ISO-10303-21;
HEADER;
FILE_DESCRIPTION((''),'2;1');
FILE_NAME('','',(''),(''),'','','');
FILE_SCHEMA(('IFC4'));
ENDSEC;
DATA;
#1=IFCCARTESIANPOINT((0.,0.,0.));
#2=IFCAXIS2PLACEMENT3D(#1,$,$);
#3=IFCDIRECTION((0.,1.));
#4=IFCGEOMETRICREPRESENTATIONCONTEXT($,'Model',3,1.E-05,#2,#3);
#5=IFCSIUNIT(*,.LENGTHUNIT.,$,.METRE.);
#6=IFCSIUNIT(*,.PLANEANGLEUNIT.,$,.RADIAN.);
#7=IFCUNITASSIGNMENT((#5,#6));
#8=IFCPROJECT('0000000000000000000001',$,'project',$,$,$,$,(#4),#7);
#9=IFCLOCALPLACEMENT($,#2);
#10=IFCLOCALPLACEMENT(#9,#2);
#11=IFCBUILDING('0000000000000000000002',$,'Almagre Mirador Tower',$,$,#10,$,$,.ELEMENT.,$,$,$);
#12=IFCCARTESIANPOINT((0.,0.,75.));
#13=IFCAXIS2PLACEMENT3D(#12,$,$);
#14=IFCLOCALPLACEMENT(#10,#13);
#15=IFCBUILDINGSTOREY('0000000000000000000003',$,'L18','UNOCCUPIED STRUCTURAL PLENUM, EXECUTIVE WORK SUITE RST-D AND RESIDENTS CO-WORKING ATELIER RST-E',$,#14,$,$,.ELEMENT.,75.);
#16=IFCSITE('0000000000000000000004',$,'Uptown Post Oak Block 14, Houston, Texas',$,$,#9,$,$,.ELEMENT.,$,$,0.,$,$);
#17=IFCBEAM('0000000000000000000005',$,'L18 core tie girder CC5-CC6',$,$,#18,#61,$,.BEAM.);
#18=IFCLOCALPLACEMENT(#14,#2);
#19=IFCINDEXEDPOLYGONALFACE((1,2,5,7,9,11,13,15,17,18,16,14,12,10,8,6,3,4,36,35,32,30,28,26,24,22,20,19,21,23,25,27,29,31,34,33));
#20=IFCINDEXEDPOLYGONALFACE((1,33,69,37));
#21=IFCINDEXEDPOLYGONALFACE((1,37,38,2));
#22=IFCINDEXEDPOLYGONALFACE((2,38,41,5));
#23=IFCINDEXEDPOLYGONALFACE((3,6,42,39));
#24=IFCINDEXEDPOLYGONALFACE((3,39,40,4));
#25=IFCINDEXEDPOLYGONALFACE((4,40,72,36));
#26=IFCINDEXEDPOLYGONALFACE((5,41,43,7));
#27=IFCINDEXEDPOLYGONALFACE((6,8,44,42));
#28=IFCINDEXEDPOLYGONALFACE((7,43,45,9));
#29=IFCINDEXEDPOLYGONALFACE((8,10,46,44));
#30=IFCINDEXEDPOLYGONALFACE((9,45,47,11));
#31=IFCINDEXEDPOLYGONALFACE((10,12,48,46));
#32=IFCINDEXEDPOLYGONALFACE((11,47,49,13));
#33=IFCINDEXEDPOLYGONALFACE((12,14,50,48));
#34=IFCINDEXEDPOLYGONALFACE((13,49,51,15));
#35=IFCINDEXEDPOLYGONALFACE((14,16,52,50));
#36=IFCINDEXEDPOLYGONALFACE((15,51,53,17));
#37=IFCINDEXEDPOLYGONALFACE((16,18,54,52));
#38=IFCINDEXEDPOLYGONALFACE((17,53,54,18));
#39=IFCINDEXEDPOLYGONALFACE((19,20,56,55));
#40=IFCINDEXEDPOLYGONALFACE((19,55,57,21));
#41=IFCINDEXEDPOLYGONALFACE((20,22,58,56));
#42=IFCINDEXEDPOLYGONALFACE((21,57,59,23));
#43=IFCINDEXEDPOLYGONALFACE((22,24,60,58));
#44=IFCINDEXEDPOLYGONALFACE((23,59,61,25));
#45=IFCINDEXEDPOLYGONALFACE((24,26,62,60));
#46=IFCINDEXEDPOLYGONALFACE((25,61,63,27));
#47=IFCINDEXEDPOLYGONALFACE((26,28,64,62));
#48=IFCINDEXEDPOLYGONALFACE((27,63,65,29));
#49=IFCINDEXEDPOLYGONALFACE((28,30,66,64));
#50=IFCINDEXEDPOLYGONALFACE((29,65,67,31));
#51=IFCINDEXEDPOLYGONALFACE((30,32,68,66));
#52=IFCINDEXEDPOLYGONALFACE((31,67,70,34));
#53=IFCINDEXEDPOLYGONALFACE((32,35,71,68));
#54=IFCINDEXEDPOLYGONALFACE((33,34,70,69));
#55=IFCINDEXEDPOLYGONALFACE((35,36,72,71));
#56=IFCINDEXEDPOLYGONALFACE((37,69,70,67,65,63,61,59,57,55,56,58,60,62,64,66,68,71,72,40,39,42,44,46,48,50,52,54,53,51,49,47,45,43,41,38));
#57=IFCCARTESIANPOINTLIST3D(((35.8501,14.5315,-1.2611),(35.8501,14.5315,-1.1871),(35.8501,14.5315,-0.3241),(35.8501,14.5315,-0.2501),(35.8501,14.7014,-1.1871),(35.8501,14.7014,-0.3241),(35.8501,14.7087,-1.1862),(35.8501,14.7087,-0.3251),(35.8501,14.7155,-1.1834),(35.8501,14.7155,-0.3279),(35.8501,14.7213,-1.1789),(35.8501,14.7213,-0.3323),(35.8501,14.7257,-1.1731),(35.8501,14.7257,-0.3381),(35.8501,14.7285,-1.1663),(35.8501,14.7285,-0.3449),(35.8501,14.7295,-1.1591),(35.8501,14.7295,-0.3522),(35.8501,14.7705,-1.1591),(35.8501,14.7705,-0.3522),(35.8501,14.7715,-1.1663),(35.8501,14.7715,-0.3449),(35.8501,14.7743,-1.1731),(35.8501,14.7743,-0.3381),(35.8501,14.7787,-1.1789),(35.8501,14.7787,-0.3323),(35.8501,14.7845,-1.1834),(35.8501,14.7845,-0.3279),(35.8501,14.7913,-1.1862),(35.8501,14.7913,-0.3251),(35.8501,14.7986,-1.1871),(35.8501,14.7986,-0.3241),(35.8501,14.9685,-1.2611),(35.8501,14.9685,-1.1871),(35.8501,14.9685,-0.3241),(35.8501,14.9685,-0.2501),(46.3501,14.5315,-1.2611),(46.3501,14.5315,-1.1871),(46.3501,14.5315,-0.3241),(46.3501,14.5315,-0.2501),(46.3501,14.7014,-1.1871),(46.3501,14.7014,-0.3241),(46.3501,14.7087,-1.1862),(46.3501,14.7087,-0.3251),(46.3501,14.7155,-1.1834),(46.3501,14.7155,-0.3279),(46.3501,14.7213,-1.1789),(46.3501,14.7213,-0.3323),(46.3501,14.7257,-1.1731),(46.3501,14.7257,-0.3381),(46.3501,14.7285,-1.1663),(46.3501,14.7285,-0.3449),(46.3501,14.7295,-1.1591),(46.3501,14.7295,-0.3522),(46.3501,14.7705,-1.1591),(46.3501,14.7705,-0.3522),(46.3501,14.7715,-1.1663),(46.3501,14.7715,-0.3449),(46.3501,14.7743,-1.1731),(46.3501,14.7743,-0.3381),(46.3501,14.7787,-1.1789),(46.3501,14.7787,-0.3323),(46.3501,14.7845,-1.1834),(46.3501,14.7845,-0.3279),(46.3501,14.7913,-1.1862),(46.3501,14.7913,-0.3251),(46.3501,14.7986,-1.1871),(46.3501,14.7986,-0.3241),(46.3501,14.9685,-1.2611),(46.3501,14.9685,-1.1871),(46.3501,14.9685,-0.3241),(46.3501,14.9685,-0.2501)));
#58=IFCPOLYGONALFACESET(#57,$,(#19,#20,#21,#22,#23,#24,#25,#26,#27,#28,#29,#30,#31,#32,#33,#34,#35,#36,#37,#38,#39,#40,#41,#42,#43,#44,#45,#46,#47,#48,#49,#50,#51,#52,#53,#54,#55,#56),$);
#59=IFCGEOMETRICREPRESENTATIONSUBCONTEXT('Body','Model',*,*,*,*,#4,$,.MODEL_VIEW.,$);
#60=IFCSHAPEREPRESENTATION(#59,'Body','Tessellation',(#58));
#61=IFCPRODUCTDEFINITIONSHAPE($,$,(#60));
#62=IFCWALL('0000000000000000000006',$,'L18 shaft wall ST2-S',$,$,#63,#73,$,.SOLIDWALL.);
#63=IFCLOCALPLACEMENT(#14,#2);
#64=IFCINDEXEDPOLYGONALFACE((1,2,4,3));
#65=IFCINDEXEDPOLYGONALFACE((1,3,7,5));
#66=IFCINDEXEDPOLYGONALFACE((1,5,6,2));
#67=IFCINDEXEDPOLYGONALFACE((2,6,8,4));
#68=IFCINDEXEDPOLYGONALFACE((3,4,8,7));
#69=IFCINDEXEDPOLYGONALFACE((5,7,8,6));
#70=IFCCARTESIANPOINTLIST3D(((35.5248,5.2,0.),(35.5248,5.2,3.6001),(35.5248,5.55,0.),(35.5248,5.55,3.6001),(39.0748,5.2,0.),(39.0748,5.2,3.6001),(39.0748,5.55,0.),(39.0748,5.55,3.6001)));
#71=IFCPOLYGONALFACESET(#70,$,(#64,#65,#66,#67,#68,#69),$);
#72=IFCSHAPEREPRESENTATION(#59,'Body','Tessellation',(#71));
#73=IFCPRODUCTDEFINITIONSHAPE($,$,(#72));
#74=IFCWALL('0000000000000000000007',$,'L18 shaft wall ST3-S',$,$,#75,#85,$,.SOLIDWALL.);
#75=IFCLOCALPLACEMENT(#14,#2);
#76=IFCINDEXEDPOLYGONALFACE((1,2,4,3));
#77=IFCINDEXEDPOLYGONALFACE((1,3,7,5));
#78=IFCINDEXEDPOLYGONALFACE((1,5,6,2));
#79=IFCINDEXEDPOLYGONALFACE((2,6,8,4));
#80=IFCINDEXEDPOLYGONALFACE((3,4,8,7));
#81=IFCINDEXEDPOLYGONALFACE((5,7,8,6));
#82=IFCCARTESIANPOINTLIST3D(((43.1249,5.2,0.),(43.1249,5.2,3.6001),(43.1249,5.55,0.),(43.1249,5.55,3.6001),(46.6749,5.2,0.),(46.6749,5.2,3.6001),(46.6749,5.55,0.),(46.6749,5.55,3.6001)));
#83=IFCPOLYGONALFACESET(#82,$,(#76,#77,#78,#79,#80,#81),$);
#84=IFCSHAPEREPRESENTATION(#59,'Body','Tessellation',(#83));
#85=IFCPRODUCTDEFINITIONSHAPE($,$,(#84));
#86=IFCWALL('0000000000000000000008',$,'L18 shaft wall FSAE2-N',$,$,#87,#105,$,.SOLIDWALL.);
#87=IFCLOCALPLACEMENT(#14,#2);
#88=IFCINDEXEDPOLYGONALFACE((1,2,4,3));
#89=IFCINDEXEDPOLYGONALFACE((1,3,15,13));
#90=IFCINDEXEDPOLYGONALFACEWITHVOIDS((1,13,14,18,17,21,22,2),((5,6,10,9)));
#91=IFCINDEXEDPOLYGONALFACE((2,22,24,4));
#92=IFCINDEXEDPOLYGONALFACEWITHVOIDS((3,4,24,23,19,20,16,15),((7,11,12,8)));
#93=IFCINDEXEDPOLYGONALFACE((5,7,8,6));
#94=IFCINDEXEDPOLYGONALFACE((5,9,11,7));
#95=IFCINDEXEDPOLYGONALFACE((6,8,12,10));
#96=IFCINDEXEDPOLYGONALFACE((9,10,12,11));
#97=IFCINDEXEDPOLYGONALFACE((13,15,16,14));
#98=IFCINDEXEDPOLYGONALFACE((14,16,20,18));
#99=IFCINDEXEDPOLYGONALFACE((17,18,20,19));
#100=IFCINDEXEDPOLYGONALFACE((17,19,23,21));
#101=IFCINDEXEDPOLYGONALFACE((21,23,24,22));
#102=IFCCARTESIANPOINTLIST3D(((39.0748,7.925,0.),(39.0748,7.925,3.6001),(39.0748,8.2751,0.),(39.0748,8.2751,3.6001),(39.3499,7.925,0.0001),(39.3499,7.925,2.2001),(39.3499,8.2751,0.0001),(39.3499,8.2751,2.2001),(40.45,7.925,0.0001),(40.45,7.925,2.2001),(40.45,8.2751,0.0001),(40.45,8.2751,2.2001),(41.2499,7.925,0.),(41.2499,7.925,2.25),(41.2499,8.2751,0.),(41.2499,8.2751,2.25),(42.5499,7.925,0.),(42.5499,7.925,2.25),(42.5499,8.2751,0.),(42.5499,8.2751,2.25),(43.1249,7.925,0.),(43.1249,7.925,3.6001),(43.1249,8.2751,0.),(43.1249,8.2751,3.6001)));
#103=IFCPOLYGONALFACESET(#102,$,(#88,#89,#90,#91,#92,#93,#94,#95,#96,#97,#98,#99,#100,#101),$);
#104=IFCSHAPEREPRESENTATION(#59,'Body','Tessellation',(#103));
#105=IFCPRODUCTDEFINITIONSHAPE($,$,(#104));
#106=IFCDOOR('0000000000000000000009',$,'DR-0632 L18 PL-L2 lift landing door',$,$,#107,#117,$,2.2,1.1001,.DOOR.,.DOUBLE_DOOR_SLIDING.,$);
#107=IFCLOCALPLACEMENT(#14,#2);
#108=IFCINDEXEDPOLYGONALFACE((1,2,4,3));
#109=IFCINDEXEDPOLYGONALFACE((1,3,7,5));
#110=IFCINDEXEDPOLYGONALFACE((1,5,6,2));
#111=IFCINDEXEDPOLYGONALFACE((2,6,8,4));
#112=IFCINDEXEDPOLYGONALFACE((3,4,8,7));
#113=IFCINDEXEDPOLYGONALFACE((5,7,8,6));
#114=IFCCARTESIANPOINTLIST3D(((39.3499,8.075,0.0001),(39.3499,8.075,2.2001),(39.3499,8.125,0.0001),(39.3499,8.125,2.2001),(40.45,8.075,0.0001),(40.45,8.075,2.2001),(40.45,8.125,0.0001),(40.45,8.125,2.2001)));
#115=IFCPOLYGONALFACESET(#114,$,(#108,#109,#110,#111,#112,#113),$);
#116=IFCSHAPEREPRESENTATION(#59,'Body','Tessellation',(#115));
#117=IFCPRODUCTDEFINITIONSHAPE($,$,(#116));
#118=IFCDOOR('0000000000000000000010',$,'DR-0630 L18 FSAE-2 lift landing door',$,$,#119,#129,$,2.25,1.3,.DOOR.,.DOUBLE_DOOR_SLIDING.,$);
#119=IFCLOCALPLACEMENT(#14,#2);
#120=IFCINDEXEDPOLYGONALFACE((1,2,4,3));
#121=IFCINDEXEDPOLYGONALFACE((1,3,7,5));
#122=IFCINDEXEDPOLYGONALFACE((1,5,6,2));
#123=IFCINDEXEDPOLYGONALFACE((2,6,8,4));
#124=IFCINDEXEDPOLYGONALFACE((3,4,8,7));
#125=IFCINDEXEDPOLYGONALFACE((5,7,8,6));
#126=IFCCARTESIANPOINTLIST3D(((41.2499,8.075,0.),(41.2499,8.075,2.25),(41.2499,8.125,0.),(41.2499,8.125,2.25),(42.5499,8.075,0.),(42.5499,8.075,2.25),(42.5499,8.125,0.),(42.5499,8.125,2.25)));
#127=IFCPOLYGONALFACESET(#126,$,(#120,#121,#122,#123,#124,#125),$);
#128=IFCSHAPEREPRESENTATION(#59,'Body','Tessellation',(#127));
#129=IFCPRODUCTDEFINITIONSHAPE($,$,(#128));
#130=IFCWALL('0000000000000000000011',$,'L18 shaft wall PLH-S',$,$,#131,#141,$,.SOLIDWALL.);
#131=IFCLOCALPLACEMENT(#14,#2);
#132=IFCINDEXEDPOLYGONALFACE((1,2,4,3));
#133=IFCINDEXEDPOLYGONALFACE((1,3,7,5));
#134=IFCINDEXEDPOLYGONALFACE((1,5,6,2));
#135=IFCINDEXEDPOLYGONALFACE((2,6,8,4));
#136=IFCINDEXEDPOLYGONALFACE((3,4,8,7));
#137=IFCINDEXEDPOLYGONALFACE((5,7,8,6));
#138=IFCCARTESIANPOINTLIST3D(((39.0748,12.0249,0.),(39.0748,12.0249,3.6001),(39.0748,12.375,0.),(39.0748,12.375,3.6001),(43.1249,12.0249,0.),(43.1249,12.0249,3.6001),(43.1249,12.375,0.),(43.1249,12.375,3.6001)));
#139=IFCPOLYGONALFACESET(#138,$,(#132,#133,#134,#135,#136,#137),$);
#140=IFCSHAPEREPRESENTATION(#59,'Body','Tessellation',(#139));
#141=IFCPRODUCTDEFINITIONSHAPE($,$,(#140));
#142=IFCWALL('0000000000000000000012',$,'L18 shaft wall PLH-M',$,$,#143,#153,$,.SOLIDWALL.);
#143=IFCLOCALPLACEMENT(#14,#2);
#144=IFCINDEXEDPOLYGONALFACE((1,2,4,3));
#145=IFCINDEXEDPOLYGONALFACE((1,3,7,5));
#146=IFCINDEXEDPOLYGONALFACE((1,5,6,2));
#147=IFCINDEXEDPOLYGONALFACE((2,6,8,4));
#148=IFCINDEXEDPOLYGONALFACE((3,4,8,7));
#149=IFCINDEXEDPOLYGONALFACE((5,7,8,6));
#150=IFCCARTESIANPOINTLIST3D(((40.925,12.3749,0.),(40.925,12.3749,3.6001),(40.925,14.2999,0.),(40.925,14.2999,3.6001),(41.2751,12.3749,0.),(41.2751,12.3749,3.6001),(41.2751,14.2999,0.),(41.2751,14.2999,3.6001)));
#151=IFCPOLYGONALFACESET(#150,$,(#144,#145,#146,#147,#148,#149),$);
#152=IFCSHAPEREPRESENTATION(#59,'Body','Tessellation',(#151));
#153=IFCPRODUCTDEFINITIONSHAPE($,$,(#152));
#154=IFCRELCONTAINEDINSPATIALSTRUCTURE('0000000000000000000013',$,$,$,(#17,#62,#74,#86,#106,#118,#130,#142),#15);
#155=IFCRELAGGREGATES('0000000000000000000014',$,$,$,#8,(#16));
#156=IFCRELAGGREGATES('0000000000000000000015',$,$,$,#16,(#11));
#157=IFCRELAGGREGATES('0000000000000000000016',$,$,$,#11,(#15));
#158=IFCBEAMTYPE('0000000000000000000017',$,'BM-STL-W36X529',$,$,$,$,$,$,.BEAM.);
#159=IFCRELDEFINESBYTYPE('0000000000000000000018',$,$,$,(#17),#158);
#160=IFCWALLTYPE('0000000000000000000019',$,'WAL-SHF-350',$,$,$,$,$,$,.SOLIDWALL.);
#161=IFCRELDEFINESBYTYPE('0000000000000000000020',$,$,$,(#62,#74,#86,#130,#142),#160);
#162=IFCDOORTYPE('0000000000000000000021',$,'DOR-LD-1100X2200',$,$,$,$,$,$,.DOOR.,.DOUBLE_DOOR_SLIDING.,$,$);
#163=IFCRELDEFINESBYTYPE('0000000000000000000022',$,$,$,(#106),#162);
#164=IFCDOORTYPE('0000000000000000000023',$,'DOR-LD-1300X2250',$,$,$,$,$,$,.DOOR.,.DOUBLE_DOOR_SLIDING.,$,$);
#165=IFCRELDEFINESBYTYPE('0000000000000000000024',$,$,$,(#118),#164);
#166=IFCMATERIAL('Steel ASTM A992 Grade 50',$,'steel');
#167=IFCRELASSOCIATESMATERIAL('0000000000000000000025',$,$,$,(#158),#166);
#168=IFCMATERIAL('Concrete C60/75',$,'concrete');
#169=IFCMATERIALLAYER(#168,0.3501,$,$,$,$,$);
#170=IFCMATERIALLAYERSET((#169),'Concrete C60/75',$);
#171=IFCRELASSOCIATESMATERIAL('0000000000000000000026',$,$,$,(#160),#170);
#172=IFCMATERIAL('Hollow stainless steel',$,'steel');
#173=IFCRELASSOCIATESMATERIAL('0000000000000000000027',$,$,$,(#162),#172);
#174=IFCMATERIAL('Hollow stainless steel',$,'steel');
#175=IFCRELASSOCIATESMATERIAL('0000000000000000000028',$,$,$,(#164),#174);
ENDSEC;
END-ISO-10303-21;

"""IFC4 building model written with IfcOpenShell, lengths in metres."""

from ifc_helpers import new_model, si_unit, direction, frame, frame_2d, origin, origin_2d, place, context, subcontext, project, spatial, rectangle, i_section, extrude, material, layer, layer_set, material_profile, profile_set, type_object, element, fill, save


model = new_model("IFC4")

# Units and contexts
model_context = context("Model", 3, precision=1e-05, world=origin(), true_north=direction((0.0, 1.0)))
body_context = subcontext(model_context, "Body", "Model", "MODEL_VIEW")
ifc_project = project(units=[si_unit("LENGTHUNIT", "METRE"), si_unit("PLANEANGLEUNIT", "RADIAN")], contexts=[model_context])

# Site, building, storey
site_placement = place(None, origin())
site = spatial("IfcSite", under=ifc_project, at=site_placement, Name="Uptown Post Oak Block 14, Houston, Texas", CompositionType="ELEMENT", RefElevation=0.0)
building_placement = place(site_placement, origin())
building = spatial("IfcBuilding", under=site, at=building_placement, Name="Almagre Mirador Tower", CompositionType="ELEMENT")
storey_placement = place(building_placement, frame((0.0, 0.0, 75.0)))
storey = spatial("IfcBuildingStorey", under=building, at=storey_placement, Name="L18", Description="UNOCCUPIED STRUCTURAL PLENUM, EXECUTIVE WORK SUITE RST-D AND RESIDENTS CO-WORKING ATELIER RST-E", CompositionType="ELEMENT", Elevation=75.0)

# Beam
ifc_material_1 = material(Name="Steel ASTM A992 Grade 50", Category="steel")
ifc_material_profile = material_profile(ifc_material_1, i_section(OverallWidth=0.437, OverallDepth=1.011, WebThickness=0.041, FlangeThickness=0.074, FilletRadius=0.0281, at=origin_2d()), Name="W36X529")
ifc_profile_set = profile_set([ifc_material_profile], Name="Steel ASTM A992 Grade 50")
beam_type = type_object("IfcBeamType", Name="BM-STL-W36X529", PredefinedType="BEAM", material=ifc_profile_set)
beam_placement = place(storey_placement, frame((35.8501, 14.75, -0.7556), z_axis=(1.0, 0.0, 0.0), x_axis=(0.0, 1.0, 0.0)))
element("IfcBeam", 1, at=beam_placement, inside=storey, type_object=beam_type, Name="L18 core tie girder CC5-CC6", PredefinedType="BEAM", context=body_context, shape_type="SweptSolid", body=[
    extrude(i_section(OverallWidth=0.437, OverallDepth=1.011, WebThickness=0.041, FlangeThickness=0.074, FilletRadius=0.0281, at=origin_2d()), origin(), (0.0, 0.0, 1.0), 10.5),
])

# Walls
ifc_material_2 = material(Name="Concrete C60/75", Category="concrete")
ifc_layer_1 = layer(ifc_material_2, 0.3501)
ifc_layer_set_1 = layer_set([ifc_layer_1], Name="Concrete C60/75")
wall_type_1 = type_object("IfcWallType", Name="WAL-SHF-350", PredefinedType="SOLIDWALL", material=ifc_layer_set_1)
for number, where, z_axis, x_axis, name in (
    (2, (35.5249, 5.375, 0.0), (0.0, 0.0, 1.0), (1.0, 0.0, 0.0), "L18 shaft wall ST2-S"),
    (3, (43.125, 5.375, 0.0), (0.0, 0.0, 1.0), (1.0, 0.0, 0.0), "L18 shaft wall ST3-S"),
):
    element("IfcWall", number, at=place(storey_placement, frame(where, z_axis=z_axis, x_axis=x_axis)), inside=storey, type_object=wall_type_1, Name=name, PredefinedType="SOLIDWALL", context=body_context, shape_type="SweptSolid", body=[
        extrude(rectangle(XDim=3.55, YDim=0.3501, at=frame_2d((1.7749, 0.0))), origin(), (0.0, 0.0, 1.0), 3.6001),
    ])

# Wall, openings, doors
wall_1_placement = place(storey_placement, frame((39.075, 8.1001, 0.0), z_axis=(0.0, 0.0, 1.0), x_axis=(1.0, 0.0, 0.0)))
wall_1 = element("IfcWall", 4, at=wall_1_placement, inside=storey, type_object=wall_type_1, Name="L18 shaft wall FSAE2-N", PredefinedType="SOLIDWALL", context=body_context, shape_type="SweptSolid", body=[
    extrude(rectangle(XDim=4.05, YDim=0.3501, at=frame_2d((2.0249, 0.0))), origin(), (0.0, 0.0, 1.0), 3.6001),
])
opening_1_placement = place(wall_1_placement, frame((2.175, 0.0, 0.0)))
opening_1 = element("IfcOpeningElement", 5, at=opening_1_placement, cuts=wall_1, PredefinedType="OPENING", context=body_context, shape_type="SweptSolid", body=[
    extrude(rectangle(XDim=1.3, YDim=2.25, at=frame_2d((0.6499, 1.125))), frame((0.0, 0.185, 0.0), z_axis=(0.0, -1.0, 0.0), x_axis=(1.0, 0.0, 0.0)), (0.0, 0.0, 1.0), 0.3701),
])
opening_2_placement = place(wall_1_placement, frame((0.2749, 0.0, 0.0)))
opening_2 = element("IfcOpeningElement", 6, at=opening_2_placement, cuts=wall_1, PredefinedType="OPENING", context=body_context, shape_type="SweptSolid", body=[
    extrude(rectangle(XDim=1.1001, YDim=2.2, at=frame_2d((0.55, 1.1001))), frame((0.0, 0.185, 0.0), z_axis=(0.0, -1.0, 0.0), x_axis=(1.0, 0.0, 0.0)), (0.0, 0.0, 1.0), 0.3701),
])
ifc_material_3 = material(Name="Hollow stainless steel", Category="steel")
door_type_1 = type_object("IfcDoorType", Name="DOR-LD-1100X2200", OperationType="DOUBLE_DOOR_SLIDING", PredefinedType="DOOR", material=ifc_material_3)
door_1_placement = place(opening_2_placement, origin())
door_1 = element("IfcDoor", 7, at=door_1_placement, inside=storey, type_object=door_type_1, Name="DR-0632 L18 PL-L2 lift landing door", OperationType="DOUBLE_DOOR_SLIDING", OverallHeight=2.2, OverallWidth=1.1001, PredefinedType="DOOR", context=body_context, shape_type="SweptSolid", body=[
    extrude(rectangle(XDim=1.1001, YDim=2.2, at=frame_2d((0.55, 1.1001))), frame((0.0, 0.0249, 0.0), z_axis=(0.0, -1.0, 0.0), x_axis=(1.0, 0.0, 0.0)), (0.0, 0.0, 1.0), 0.05),
])
fill(opening_2, door_1)
ifc_material_4 = material(Name="Hollow stainless steel", Category="steel")
door_type_2 = type_object("IfcDoorType", Name="DOR-LD-1300X2250", OperationType="DOUBLE_DOOR_SLIDING", PredefinedType="DOOR", material=ifc_material_4)
door_2_placement = place(opening_1_placement, origin())
door_2 = element("IfcDoor", 8, at=door_2_placement, inside=storey, type_object=door_type_2, Name="DR-0630 L18 FSAE-2 lift landing door", OperationType="DOUBLE_DOOR_SLIDING", OverallHeight=2.25, OverallWidth=1.3, PredefinedType="DOOR", context=body_context, shape_type="SweptSolid", body=[
    extrude(rectangle(XDim=1.3, YDim=2.25, at=frame_2d((0.6499, 1.125))), frame((0.0, 0.0249, 0.0), z_axis=(0.0, -1.0, 0.0), x_axis=(1.0, 0.0, 0.0)), (0.0, 0.0, 1.0), 0.05),
])
fill(opening_1, door_2)

# Walls
wall_2_placement = place(storey_placement, frame((39.075, 12.2, 0.0), z_axis=(0.0, 0.0, 1.0), x_axis=(1.0, 0.0, 0.0)))
element("IfcWall", 9, at=wall_2_placement, inside=storey, type_object=wall_type_1, Name="L18 shaft wall PLH-S", PredefinedType="SOLIDWALL", context=body_context, shape_type="SweptSolid", body=[
    extrude(rectangle(XDim=4.05, YDim=0.3501, at=frame_2d((2.0249, 0.0))), origin(), (0.0, 0.0, 1.0), 3.6001),
])
wall_3_placement = place(storey_placement, frame((41.1001, 12.375, 0.0), z_axis=(0.0, 0.0, 1.0), x_axis=(0.0, 1.0, 0.0)))
element("IfcWall", 10, at=wall_3_placement, inside=storey, type_object=wall_type_1, Name="L18 shaft wall PLH-M", PredefinedType="SOLIDWALL", context=body_context, shape_type="SweptSolid", body=[
    extrude(rectangle(XDim=1.925, YDim=0.3501, at=frame_2d((0.9624, 0.0))), origin(), (0.0, 0.0, 1.0), 3.6001),
])

save(model, "model.ifc")
